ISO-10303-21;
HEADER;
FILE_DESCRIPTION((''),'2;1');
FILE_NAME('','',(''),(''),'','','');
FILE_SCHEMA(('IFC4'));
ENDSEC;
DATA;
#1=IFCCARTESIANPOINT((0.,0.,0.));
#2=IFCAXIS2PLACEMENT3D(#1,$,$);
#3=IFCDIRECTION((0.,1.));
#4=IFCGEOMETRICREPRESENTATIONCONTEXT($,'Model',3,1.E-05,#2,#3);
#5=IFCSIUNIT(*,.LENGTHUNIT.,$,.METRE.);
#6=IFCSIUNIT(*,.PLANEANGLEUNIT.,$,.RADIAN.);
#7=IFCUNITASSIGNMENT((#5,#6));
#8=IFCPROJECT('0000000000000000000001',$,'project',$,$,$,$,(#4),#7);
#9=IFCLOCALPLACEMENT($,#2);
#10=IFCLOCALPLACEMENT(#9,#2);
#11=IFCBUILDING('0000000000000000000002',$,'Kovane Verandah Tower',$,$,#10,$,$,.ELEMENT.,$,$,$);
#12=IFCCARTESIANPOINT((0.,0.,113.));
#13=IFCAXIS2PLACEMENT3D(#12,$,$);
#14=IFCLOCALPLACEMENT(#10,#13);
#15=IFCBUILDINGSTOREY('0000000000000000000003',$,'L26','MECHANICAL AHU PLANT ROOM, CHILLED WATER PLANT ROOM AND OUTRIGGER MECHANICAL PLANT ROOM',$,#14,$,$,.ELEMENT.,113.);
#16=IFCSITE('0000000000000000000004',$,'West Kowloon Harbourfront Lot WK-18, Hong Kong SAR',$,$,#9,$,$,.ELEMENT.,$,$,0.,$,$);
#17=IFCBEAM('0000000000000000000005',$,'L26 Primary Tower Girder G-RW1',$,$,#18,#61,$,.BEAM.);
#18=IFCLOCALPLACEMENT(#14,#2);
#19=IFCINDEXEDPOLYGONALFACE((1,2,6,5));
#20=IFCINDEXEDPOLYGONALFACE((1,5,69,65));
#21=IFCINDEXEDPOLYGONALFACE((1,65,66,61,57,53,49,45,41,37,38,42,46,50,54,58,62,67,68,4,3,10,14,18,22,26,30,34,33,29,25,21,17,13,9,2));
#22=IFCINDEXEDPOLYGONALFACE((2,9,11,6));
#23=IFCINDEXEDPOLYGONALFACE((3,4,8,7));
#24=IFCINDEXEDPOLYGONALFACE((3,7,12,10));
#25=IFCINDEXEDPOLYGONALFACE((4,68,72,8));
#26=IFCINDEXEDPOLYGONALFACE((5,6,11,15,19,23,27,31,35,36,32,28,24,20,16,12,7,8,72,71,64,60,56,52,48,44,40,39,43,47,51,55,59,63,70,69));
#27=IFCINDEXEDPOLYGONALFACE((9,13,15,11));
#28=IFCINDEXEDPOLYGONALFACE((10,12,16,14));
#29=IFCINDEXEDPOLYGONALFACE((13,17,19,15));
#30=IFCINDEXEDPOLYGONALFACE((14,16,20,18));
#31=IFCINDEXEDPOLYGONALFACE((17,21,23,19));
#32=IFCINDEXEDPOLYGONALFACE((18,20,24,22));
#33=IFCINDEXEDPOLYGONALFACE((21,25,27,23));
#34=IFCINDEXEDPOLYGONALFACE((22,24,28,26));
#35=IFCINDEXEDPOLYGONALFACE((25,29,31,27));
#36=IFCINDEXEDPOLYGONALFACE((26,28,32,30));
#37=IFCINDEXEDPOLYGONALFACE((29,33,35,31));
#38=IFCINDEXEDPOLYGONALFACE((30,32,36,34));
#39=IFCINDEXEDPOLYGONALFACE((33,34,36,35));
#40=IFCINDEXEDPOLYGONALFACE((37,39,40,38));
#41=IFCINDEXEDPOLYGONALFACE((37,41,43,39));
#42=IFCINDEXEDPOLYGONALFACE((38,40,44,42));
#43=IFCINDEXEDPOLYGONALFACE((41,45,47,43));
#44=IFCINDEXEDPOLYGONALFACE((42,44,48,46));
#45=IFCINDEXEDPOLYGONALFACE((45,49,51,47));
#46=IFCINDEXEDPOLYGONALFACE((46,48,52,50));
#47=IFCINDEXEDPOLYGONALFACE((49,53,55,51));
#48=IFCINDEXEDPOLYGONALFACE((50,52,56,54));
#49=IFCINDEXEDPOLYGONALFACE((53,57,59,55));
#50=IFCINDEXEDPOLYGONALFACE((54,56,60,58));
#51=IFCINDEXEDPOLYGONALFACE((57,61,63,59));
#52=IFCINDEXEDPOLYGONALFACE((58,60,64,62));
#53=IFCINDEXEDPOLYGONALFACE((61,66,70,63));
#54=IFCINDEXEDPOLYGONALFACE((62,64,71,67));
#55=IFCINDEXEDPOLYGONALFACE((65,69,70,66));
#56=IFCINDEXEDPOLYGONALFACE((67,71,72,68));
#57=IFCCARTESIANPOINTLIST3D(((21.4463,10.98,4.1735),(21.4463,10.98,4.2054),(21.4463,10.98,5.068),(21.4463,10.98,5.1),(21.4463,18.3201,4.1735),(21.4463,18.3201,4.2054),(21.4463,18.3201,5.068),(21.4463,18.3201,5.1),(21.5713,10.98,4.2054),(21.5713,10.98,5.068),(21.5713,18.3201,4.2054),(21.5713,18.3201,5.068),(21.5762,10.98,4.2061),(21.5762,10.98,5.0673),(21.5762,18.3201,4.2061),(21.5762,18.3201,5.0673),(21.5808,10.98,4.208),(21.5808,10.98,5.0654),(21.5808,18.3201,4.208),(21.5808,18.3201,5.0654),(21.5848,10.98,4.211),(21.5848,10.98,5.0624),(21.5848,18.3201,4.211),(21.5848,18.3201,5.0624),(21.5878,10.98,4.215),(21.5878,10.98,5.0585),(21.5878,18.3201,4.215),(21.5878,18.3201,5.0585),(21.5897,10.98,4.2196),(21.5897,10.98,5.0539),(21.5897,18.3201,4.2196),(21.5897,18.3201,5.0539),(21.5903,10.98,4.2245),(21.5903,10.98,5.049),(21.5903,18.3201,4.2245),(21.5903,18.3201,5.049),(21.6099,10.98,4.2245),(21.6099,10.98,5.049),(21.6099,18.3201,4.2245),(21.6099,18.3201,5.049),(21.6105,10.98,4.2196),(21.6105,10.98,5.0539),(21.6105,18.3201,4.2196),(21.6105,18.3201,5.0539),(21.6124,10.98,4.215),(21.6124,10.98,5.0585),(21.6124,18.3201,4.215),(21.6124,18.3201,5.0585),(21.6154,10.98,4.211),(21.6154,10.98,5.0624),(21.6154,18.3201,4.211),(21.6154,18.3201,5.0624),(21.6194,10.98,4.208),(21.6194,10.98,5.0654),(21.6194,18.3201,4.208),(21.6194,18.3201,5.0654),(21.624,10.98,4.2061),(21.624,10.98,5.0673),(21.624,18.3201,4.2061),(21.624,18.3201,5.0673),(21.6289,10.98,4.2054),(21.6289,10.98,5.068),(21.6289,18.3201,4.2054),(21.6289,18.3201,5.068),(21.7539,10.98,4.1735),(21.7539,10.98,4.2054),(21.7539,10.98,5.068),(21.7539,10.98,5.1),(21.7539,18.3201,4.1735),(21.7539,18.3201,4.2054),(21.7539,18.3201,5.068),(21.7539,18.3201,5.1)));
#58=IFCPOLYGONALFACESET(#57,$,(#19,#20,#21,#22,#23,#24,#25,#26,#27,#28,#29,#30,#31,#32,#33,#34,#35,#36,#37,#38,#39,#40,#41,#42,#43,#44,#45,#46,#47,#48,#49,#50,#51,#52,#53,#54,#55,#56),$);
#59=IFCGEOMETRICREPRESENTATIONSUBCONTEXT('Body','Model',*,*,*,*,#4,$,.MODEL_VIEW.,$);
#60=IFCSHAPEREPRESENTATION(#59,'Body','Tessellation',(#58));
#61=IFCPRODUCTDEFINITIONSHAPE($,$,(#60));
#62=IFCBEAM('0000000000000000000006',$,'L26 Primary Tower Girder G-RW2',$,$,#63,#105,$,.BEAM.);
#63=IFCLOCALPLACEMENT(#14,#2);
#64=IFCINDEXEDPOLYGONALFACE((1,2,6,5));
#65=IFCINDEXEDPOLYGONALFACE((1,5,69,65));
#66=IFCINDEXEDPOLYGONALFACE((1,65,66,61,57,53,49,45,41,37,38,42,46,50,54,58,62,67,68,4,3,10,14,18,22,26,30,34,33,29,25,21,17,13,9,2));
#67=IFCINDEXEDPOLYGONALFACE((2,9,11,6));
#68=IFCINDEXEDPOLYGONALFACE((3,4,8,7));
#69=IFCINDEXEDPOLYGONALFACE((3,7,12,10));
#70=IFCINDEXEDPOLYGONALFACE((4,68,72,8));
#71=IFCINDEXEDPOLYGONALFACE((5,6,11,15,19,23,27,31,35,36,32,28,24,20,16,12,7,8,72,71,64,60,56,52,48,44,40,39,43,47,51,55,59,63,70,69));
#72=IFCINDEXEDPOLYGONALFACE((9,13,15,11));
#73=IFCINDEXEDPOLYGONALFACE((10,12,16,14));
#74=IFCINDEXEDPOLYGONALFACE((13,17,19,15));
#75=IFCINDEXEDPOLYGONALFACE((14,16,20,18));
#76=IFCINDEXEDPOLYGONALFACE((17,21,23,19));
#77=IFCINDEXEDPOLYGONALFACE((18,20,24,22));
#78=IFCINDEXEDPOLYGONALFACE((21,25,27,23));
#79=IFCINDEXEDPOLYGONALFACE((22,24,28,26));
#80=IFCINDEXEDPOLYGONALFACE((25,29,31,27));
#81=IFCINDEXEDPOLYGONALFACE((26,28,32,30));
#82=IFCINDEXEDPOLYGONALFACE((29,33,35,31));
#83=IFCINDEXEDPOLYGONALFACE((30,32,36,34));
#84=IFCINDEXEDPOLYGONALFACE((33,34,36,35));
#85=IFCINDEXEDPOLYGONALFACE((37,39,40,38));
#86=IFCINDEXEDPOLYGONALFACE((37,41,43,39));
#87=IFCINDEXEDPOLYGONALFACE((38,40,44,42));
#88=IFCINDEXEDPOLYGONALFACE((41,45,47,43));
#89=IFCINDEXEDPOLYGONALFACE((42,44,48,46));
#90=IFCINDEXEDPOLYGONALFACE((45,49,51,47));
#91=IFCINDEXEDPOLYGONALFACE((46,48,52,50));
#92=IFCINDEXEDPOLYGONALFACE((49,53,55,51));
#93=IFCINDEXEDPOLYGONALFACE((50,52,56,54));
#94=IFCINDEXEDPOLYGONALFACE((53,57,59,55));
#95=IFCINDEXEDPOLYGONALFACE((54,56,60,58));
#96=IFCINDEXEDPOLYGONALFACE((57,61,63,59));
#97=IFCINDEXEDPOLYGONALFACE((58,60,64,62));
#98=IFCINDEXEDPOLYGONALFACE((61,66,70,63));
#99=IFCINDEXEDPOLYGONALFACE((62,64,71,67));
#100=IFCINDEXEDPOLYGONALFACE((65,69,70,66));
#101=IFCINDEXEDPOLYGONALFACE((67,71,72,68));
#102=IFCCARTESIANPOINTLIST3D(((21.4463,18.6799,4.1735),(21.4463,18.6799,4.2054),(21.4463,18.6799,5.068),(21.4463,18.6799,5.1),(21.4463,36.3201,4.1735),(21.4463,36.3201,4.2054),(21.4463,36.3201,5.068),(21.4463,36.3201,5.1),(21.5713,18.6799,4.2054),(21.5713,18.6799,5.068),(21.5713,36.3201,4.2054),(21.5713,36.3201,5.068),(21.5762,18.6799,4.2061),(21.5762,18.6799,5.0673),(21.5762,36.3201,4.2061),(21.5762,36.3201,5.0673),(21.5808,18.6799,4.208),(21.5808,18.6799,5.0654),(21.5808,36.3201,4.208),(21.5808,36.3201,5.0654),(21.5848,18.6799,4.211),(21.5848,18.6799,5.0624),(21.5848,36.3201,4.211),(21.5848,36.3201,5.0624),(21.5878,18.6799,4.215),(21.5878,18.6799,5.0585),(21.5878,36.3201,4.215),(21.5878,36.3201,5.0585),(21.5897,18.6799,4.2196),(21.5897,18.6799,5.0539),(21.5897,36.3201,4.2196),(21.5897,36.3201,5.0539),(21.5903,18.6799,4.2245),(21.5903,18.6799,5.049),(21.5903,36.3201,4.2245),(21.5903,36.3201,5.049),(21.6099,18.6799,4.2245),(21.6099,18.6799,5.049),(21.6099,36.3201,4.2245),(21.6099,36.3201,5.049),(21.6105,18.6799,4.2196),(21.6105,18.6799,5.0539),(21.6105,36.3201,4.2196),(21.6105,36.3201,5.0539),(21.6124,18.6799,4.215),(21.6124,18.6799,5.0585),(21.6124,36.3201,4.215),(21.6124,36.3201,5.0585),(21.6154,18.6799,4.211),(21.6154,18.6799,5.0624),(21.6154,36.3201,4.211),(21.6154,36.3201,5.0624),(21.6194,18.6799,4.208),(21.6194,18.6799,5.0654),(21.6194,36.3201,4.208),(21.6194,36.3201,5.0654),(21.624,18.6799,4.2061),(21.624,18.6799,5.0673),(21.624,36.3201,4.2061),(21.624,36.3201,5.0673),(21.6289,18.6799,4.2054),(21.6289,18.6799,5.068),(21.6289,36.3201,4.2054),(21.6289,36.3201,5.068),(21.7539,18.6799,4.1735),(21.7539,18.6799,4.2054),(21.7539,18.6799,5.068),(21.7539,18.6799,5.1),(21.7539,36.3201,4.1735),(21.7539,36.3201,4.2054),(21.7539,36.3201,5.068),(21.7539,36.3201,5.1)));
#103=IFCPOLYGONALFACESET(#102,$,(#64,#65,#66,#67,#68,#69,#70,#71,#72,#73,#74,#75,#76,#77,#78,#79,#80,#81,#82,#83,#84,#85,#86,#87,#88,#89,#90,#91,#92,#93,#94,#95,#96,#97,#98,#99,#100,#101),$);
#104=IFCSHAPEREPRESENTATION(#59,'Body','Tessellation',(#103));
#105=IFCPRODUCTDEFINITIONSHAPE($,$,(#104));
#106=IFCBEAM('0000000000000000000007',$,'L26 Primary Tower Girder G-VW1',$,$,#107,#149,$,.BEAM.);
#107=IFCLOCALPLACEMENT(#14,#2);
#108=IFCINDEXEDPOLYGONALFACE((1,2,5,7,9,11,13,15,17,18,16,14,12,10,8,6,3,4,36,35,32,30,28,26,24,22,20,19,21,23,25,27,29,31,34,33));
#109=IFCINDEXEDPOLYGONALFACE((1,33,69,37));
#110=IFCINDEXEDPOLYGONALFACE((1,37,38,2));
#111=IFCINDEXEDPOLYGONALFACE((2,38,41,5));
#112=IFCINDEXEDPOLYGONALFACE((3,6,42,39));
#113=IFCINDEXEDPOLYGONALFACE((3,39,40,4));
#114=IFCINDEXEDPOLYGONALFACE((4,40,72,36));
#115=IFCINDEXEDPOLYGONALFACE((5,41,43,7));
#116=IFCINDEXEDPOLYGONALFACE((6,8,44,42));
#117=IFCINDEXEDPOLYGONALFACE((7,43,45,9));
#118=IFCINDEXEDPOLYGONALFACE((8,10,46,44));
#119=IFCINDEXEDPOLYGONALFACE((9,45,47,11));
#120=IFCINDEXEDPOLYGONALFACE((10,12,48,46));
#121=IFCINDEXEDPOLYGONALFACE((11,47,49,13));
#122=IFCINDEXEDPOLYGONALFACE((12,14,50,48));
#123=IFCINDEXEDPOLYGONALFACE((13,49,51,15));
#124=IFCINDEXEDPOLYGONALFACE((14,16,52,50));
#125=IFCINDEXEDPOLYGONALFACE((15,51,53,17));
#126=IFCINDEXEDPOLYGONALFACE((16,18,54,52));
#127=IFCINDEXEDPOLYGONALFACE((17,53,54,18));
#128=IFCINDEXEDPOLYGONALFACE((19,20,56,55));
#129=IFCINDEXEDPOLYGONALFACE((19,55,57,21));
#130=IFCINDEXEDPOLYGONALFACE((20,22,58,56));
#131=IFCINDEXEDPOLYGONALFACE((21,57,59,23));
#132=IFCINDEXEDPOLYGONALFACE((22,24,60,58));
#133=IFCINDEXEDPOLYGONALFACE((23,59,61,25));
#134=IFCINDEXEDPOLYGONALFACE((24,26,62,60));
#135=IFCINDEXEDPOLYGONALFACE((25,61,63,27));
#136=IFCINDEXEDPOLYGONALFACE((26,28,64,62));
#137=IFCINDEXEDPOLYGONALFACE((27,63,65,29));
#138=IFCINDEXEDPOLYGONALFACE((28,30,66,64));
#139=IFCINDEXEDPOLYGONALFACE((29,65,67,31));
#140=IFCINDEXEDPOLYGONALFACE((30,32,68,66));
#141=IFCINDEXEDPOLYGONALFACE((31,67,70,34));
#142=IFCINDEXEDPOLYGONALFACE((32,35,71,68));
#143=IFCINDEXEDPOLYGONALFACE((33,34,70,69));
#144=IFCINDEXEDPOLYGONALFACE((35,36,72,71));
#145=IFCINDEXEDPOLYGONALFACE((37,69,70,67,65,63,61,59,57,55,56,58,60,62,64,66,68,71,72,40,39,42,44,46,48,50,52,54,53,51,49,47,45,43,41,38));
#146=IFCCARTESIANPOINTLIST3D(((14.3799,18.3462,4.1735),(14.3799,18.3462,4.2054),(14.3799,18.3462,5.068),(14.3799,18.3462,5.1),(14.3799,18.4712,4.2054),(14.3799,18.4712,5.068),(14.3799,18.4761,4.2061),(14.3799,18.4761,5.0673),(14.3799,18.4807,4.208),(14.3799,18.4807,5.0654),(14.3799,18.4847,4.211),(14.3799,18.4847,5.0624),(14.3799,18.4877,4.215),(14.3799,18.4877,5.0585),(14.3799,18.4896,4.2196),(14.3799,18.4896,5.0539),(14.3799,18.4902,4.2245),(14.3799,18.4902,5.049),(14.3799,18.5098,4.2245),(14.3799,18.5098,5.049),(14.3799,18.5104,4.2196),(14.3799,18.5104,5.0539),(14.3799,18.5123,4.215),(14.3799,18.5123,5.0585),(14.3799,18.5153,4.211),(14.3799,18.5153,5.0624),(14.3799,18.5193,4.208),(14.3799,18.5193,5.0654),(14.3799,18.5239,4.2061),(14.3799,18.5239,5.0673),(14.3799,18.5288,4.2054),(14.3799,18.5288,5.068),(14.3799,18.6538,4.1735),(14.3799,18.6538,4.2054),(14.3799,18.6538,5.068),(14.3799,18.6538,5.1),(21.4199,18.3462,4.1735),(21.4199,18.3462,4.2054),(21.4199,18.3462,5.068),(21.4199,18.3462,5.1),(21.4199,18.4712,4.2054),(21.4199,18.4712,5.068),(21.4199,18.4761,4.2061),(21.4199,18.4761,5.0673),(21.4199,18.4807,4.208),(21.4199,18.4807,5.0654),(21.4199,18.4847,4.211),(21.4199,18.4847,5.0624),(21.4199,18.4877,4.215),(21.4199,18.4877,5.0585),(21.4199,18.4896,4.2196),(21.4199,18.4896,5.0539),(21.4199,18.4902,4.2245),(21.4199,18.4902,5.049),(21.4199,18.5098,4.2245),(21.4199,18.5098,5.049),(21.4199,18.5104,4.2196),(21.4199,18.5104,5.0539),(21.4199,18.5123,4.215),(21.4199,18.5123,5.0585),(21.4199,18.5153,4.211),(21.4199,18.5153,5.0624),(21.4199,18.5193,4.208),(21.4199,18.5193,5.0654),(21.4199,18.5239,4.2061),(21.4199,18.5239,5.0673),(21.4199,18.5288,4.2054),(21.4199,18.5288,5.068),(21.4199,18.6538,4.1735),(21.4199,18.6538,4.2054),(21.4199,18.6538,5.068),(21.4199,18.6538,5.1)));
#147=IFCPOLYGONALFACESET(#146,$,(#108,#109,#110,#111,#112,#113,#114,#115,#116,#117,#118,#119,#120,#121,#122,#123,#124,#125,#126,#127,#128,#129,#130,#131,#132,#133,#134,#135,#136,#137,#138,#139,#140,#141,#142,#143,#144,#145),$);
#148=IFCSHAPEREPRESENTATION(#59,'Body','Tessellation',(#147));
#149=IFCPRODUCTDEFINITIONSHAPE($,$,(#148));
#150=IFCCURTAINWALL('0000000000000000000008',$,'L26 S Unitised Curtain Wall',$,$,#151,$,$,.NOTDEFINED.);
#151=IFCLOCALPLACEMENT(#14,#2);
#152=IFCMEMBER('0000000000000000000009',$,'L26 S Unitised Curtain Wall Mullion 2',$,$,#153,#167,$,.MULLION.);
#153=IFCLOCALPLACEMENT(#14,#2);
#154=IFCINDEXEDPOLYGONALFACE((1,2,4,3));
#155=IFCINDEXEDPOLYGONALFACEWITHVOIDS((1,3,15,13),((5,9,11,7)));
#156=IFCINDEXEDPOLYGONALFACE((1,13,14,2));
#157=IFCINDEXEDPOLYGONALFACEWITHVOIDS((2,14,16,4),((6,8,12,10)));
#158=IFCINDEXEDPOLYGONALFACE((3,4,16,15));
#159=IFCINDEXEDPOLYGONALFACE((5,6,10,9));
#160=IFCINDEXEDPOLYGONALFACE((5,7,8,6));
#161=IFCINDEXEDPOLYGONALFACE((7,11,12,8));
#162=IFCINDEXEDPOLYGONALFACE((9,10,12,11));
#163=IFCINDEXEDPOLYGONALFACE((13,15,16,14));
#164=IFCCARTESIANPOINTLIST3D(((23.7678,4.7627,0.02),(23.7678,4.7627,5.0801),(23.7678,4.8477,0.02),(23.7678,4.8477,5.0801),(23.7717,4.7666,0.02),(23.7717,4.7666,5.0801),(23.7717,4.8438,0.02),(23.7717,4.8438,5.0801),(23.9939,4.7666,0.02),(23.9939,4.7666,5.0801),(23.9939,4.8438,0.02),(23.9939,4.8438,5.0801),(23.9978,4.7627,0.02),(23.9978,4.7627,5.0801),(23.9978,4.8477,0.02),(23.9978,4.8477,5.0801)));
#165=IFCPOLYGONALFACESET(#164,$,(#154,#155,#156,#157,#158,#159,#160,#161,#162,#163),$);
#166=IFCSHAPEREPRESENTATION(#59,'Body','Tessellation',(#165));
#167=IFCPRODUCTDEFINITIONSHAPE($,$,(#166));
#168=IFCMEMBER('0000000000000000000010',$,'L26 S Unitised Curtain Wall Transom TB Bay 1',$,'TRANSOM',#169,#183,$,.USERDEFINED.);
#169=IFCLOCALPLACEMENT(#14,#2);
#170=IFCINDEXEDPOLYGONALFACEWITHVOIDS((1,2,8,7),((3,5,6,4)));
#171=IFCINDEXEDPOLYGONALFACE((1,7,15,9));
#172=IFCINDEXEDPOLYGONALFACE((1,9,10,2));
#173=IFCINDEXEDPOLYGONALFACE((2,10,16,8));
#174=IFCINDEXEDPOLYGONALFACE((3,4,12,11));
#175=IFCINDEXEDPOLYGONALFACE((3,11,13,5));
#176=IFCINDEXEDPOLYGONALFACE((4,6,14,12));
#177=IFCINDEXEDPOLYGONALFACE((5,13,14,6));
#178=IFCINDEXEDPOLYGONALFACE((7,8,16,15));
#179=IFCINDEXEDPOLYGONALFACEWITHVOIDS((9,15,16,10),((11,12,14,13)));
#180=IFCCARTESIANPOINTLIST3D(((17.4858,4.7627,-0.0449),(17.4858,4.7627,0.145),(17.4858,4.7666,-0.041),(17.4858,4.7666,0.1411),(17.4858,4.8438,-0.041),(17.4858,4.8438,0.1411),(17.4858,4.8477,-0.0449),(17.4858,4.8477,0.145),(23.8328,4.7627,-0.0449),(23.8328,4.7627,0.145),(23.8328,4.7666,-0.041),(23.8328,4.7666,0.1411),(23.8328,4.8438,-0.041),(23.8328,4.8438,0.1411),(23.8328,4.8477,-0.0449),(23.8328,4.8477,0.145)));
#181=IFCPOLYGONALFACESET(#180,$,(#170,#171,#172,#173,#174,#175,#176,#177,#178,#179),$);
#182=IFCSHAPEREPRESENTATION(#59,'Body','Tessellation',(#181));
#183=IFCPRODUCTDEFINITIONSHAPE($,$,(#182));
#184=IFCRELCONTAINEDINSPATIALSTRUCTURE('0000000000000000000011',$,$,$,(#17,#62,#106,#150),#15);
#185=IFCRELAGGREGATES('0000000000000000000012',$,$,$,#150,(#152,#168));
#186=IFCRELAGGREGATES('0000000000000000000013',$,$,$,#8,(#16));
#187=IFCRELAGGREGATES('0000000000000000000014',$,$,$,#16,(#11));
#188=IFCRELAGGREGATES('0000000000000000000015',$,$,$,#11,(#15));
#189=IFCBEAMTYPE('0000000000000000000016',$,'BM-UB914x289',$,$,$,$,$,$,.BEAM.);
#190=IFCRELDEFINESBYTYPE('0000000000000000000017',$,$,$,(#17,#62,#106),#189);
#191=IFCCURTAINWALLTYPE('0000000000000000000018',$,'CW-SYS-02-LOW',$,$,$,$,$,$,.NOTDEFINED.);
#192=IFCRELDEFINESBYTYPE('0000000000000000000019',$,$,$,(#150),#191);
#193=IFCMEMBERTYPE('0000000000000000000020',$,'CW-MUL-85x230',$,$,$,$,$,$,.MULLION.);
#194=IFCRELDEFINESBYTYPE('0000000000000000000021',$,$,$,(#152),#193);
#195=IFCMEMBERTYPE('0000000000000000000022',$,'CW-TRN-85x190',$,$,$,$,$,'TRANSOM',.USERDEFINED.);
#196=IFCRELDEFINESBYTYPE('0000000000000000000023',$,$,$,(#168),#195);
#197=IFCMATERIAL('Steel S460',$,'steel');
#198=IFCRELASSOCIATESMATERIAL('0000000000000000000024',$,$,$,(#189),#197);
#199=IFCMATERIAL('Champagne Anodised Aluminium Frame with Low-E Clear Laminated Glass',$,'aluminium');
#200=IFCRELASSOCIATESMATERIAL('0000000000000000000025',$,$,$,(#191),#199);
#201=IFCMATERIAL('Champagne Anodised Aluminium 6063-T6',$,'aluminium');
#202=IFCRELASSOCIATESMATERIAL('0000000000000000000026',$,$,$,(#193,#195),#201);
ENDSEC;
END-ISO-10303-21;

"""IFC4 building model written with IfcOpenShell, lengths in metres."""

from ifc_helpers import new_model, si_unit, direction, frame, origin, origin_2d, place, context, subcontext, project, spatial, hollow_rectangle, i_section, extrude, material, material_profile, profile_set, type_object, element, aggregate, save


model = new_model("IFC4")

# Units and contexts
model_context = context("Model", 3, precision=1e-05, world=origin(), true_north=direction((0.0, 1.0)))
body_context = subcontext(model_context, "Body", "Model", "MODEL_VIEW")
ifc_project = project(units=[si_unit("LENGTHUNIT", "METRE"), si_unit("PLANEANGLEUNIT", "RADIAN")], contexts=[model_context])

# Site, building, storey
site_placement = place(None, origin())
site = spatial("IfcSite", under=ifc_project, at=site_placement, Name="West Kowloon Harbourfront Lot WK-18, Hong Kong SAR", CompositionType="ELEMENT", RefElevation=0.0)
building_placement = place(site_placement, origin())
building = spatial("IfcBuilding", under=site, at=building_placement, Name="Kovane Verandah Tower", CompositionType="ELEMENT")
storey_placement = place(building_placement, frame((0.0, 0.0, 113.0)))
storey = spatial("IfcBuildingStorey", under=building, at=storey_placement, Name="L26", Description="MECHANICAL AHU PLANT ROOM, CHILLED WATER PLANT ROOM AND OUTRIGGER MECHANICAL PLANT ROOM", CompositionType="ELEMENT", Elevation=113.0)

# Beams
ifc_material_1 = material(Name="Steel S460", Category="steel")
ifc_material_profile_1 = material_profile(ifc_material_1, i_section(OverallWidth=0.3076, OverallDepth=0.9265, WebThickness=0.0195, FlangeThickness=0.032, FilletRadius=0.019, at=origin_2d()), Name="UB914x305x289")
ifc_profile_set_1 = profile_set([ifc_material_profile_1], Name="Steel S460")
beam_type_1 = type_object("IfcBeamType", Name="BM-UB914x289", PredefinedType="BEAM", material=ifc_profile_set_1)
beam_1_placement = place(storey_placement, frame((21.6001, 10.98, 4.6367), z_axis=(0.0, 1.0, 0.0), x_axis=(-1.0, 0.0, 0.0)))
element("IfcBeam", 1, at=beam_1_placement, inside=storey, type_object=beam_type_1, Name="L26 Primary Tower Girder G-RW1", PredefinedType="BEAM", context=body_context, shape_type="SweptSolid", body=[
    extrude(i_section(OverallWidth=0.3076, OverallDepth=0.9265, WebThickness=0.0195, FlangeThickness=0.032, FilletRadius=0.019, at=origin_2d()), origin(), (0.0, 0.0, 1.0), 7.3401),
])
beam_2_placement = place(storey_placement, frame((21.6001, 18.6799, 4.6367), z_axis=(0.0, 1.0, 0.0), x_axis=(-1.0, 0.0, 0.0)))
element("IfcBeam", 2, at=beam_2_placement, inside=storey, type_object=beam_type_1, Name="L26 Primary Tower Girder G-RW2", PredefinedType="BEAM", context=body_context, shape_type="SweptSolid", body=[
    extrude(i_section(OverallWidth=0.3076, OverallDepth=0.9265, WebThickness=0.0195, FlangeThickness=0.032, FilletRadius=0.019, at=origin_2d()), origin(), (0.0, 0.0, 1.0), 17.6401),
])
beam_3_placement = place(storey_placement, frame((21.4199, 18.5, 4.6367), z_axis=(-1.0, 0.0, 0.0), x_axis=(0.0, -1.0, 0.0)))
element("IfcBeam", 3, at=beam_3_placement, inside=storey, type_object=beam_type_1, Name="L26 Primary Tower Girder G-VW1", PredefinedType="BEAM", context=body_context, shape_type="SweptSolid", body=[
    extrude(i_section(OverallWidth=0.3076, OverallDepth=0.9265, WebThickness=0.0195, FlangeThickness=0.032, FilletRadius=0.019, at=origin_2d()), origin(), (0.0, 0.0, 1.0), 7.04),
])

# Curtain wall, members
ifc_material_2 = material(Name="Champagne Anodised Aluminium Frame with Low-E Clear Laminated Glass", Category="aluminium")
curtain_wall_type = type_object("IfcCurtainWallType", Name="CW-SYS-02-LOW", PredefinedType="NOTDEFINED", material=ifc_material_2)
curtain_wall_placement = place(storey_placement, origin())
curtain_wall = element("IfcCurtainWall", 4, at=curtain_wall_placement, inside=storey, type_object=curtain_wall_type, Name="L26 S Unitised Curtain Wall", PredefinedType="NOTDEFINED")
ifc_material_3 = material(Name="Champagne Anodised Aluminium 6063-T6", Category="aluminium")
ifc_material_profile_2 = material_profile(ifc_material_3, hollow_rectangle(XDim=0.085, YDim=0.23, WallThickness=0.0039, at=origin_2d()), Name="AL85x230x4")
ifc_profile_set_2 = profile_set([ifc_material_profile_2], Name="Champagne Anodised Aluminium 6063-T6")
member_type_1 = type_object("IfcMemberType", Name="CW-MUL-85x230", PredefinedType="MULLION", material=ifc_profile_set_2)
member_1_placement = place(storey_placement, frame((23.8828, 4.8052, 0.02), z_axis=(0.0, 0.0, 1.0), x_axis=(0.0, -1.0, 0.0)))
member_1 = element("IfcMember", 5, at=member_1_placement, type_object=member_type_1, Name="L26 S Unitised Curtain Wall Mullion 2", PredefinedType="MULLION", context=body_context, shape_type="SweptSolid", body=[
    extrude(hollow_rectangle(XDim=0.085, YDim=0.23, WallThickness=0.0039, at=origin_2d()), origin(), (0.0, 0.0, 1.0), 5.0601),
])
ifc_material_profile_3 = material_profile(ifc_material_3, hollow_rectangle(XDim=0.085, YDim=0.1899, WallThickness=0.0039, at=origin_2d()), Name="AL85x190x4")
ifc_profile_set_3 = profile_set([ifc_material_profile_3], Name="Champagne Anodised Aluminium 6063-T6")
member_type_2 = type_object("IfcMemberType", Name="CW-TRN-85x190", ElementType="TRANSOM", PredefinedType="USERDEFINED", material=ifc_profile_set_3)
member_2_placement = place(storey_placement, frame((17.4858, 4.8052, 0.05), z_axis=(1.0, 0.0, 0.0), x_axis=(0.0, 1.0, 0.0)))
member_2 = element("IfcMember", 6, at=member_2_placement, type_object=member_type_2, Name="L26 S Unitised Curtain Wall Transom TB Bay 1", ObjectType="TRANSOM", PredefinedType="USERDEFINED", context=body_context, shape_type="SweptSolid", body=[
    extrude(hollow_rectangle(XDim=0.085, YDim=0.1899, WallThickness=0.0039, at=origin_2d()), origin(), (0.0, 0.0, 1.0), 6.3469),
])

aggregate(curtain_wall, [member_1, member_2])

save(model, "model.ifc")
